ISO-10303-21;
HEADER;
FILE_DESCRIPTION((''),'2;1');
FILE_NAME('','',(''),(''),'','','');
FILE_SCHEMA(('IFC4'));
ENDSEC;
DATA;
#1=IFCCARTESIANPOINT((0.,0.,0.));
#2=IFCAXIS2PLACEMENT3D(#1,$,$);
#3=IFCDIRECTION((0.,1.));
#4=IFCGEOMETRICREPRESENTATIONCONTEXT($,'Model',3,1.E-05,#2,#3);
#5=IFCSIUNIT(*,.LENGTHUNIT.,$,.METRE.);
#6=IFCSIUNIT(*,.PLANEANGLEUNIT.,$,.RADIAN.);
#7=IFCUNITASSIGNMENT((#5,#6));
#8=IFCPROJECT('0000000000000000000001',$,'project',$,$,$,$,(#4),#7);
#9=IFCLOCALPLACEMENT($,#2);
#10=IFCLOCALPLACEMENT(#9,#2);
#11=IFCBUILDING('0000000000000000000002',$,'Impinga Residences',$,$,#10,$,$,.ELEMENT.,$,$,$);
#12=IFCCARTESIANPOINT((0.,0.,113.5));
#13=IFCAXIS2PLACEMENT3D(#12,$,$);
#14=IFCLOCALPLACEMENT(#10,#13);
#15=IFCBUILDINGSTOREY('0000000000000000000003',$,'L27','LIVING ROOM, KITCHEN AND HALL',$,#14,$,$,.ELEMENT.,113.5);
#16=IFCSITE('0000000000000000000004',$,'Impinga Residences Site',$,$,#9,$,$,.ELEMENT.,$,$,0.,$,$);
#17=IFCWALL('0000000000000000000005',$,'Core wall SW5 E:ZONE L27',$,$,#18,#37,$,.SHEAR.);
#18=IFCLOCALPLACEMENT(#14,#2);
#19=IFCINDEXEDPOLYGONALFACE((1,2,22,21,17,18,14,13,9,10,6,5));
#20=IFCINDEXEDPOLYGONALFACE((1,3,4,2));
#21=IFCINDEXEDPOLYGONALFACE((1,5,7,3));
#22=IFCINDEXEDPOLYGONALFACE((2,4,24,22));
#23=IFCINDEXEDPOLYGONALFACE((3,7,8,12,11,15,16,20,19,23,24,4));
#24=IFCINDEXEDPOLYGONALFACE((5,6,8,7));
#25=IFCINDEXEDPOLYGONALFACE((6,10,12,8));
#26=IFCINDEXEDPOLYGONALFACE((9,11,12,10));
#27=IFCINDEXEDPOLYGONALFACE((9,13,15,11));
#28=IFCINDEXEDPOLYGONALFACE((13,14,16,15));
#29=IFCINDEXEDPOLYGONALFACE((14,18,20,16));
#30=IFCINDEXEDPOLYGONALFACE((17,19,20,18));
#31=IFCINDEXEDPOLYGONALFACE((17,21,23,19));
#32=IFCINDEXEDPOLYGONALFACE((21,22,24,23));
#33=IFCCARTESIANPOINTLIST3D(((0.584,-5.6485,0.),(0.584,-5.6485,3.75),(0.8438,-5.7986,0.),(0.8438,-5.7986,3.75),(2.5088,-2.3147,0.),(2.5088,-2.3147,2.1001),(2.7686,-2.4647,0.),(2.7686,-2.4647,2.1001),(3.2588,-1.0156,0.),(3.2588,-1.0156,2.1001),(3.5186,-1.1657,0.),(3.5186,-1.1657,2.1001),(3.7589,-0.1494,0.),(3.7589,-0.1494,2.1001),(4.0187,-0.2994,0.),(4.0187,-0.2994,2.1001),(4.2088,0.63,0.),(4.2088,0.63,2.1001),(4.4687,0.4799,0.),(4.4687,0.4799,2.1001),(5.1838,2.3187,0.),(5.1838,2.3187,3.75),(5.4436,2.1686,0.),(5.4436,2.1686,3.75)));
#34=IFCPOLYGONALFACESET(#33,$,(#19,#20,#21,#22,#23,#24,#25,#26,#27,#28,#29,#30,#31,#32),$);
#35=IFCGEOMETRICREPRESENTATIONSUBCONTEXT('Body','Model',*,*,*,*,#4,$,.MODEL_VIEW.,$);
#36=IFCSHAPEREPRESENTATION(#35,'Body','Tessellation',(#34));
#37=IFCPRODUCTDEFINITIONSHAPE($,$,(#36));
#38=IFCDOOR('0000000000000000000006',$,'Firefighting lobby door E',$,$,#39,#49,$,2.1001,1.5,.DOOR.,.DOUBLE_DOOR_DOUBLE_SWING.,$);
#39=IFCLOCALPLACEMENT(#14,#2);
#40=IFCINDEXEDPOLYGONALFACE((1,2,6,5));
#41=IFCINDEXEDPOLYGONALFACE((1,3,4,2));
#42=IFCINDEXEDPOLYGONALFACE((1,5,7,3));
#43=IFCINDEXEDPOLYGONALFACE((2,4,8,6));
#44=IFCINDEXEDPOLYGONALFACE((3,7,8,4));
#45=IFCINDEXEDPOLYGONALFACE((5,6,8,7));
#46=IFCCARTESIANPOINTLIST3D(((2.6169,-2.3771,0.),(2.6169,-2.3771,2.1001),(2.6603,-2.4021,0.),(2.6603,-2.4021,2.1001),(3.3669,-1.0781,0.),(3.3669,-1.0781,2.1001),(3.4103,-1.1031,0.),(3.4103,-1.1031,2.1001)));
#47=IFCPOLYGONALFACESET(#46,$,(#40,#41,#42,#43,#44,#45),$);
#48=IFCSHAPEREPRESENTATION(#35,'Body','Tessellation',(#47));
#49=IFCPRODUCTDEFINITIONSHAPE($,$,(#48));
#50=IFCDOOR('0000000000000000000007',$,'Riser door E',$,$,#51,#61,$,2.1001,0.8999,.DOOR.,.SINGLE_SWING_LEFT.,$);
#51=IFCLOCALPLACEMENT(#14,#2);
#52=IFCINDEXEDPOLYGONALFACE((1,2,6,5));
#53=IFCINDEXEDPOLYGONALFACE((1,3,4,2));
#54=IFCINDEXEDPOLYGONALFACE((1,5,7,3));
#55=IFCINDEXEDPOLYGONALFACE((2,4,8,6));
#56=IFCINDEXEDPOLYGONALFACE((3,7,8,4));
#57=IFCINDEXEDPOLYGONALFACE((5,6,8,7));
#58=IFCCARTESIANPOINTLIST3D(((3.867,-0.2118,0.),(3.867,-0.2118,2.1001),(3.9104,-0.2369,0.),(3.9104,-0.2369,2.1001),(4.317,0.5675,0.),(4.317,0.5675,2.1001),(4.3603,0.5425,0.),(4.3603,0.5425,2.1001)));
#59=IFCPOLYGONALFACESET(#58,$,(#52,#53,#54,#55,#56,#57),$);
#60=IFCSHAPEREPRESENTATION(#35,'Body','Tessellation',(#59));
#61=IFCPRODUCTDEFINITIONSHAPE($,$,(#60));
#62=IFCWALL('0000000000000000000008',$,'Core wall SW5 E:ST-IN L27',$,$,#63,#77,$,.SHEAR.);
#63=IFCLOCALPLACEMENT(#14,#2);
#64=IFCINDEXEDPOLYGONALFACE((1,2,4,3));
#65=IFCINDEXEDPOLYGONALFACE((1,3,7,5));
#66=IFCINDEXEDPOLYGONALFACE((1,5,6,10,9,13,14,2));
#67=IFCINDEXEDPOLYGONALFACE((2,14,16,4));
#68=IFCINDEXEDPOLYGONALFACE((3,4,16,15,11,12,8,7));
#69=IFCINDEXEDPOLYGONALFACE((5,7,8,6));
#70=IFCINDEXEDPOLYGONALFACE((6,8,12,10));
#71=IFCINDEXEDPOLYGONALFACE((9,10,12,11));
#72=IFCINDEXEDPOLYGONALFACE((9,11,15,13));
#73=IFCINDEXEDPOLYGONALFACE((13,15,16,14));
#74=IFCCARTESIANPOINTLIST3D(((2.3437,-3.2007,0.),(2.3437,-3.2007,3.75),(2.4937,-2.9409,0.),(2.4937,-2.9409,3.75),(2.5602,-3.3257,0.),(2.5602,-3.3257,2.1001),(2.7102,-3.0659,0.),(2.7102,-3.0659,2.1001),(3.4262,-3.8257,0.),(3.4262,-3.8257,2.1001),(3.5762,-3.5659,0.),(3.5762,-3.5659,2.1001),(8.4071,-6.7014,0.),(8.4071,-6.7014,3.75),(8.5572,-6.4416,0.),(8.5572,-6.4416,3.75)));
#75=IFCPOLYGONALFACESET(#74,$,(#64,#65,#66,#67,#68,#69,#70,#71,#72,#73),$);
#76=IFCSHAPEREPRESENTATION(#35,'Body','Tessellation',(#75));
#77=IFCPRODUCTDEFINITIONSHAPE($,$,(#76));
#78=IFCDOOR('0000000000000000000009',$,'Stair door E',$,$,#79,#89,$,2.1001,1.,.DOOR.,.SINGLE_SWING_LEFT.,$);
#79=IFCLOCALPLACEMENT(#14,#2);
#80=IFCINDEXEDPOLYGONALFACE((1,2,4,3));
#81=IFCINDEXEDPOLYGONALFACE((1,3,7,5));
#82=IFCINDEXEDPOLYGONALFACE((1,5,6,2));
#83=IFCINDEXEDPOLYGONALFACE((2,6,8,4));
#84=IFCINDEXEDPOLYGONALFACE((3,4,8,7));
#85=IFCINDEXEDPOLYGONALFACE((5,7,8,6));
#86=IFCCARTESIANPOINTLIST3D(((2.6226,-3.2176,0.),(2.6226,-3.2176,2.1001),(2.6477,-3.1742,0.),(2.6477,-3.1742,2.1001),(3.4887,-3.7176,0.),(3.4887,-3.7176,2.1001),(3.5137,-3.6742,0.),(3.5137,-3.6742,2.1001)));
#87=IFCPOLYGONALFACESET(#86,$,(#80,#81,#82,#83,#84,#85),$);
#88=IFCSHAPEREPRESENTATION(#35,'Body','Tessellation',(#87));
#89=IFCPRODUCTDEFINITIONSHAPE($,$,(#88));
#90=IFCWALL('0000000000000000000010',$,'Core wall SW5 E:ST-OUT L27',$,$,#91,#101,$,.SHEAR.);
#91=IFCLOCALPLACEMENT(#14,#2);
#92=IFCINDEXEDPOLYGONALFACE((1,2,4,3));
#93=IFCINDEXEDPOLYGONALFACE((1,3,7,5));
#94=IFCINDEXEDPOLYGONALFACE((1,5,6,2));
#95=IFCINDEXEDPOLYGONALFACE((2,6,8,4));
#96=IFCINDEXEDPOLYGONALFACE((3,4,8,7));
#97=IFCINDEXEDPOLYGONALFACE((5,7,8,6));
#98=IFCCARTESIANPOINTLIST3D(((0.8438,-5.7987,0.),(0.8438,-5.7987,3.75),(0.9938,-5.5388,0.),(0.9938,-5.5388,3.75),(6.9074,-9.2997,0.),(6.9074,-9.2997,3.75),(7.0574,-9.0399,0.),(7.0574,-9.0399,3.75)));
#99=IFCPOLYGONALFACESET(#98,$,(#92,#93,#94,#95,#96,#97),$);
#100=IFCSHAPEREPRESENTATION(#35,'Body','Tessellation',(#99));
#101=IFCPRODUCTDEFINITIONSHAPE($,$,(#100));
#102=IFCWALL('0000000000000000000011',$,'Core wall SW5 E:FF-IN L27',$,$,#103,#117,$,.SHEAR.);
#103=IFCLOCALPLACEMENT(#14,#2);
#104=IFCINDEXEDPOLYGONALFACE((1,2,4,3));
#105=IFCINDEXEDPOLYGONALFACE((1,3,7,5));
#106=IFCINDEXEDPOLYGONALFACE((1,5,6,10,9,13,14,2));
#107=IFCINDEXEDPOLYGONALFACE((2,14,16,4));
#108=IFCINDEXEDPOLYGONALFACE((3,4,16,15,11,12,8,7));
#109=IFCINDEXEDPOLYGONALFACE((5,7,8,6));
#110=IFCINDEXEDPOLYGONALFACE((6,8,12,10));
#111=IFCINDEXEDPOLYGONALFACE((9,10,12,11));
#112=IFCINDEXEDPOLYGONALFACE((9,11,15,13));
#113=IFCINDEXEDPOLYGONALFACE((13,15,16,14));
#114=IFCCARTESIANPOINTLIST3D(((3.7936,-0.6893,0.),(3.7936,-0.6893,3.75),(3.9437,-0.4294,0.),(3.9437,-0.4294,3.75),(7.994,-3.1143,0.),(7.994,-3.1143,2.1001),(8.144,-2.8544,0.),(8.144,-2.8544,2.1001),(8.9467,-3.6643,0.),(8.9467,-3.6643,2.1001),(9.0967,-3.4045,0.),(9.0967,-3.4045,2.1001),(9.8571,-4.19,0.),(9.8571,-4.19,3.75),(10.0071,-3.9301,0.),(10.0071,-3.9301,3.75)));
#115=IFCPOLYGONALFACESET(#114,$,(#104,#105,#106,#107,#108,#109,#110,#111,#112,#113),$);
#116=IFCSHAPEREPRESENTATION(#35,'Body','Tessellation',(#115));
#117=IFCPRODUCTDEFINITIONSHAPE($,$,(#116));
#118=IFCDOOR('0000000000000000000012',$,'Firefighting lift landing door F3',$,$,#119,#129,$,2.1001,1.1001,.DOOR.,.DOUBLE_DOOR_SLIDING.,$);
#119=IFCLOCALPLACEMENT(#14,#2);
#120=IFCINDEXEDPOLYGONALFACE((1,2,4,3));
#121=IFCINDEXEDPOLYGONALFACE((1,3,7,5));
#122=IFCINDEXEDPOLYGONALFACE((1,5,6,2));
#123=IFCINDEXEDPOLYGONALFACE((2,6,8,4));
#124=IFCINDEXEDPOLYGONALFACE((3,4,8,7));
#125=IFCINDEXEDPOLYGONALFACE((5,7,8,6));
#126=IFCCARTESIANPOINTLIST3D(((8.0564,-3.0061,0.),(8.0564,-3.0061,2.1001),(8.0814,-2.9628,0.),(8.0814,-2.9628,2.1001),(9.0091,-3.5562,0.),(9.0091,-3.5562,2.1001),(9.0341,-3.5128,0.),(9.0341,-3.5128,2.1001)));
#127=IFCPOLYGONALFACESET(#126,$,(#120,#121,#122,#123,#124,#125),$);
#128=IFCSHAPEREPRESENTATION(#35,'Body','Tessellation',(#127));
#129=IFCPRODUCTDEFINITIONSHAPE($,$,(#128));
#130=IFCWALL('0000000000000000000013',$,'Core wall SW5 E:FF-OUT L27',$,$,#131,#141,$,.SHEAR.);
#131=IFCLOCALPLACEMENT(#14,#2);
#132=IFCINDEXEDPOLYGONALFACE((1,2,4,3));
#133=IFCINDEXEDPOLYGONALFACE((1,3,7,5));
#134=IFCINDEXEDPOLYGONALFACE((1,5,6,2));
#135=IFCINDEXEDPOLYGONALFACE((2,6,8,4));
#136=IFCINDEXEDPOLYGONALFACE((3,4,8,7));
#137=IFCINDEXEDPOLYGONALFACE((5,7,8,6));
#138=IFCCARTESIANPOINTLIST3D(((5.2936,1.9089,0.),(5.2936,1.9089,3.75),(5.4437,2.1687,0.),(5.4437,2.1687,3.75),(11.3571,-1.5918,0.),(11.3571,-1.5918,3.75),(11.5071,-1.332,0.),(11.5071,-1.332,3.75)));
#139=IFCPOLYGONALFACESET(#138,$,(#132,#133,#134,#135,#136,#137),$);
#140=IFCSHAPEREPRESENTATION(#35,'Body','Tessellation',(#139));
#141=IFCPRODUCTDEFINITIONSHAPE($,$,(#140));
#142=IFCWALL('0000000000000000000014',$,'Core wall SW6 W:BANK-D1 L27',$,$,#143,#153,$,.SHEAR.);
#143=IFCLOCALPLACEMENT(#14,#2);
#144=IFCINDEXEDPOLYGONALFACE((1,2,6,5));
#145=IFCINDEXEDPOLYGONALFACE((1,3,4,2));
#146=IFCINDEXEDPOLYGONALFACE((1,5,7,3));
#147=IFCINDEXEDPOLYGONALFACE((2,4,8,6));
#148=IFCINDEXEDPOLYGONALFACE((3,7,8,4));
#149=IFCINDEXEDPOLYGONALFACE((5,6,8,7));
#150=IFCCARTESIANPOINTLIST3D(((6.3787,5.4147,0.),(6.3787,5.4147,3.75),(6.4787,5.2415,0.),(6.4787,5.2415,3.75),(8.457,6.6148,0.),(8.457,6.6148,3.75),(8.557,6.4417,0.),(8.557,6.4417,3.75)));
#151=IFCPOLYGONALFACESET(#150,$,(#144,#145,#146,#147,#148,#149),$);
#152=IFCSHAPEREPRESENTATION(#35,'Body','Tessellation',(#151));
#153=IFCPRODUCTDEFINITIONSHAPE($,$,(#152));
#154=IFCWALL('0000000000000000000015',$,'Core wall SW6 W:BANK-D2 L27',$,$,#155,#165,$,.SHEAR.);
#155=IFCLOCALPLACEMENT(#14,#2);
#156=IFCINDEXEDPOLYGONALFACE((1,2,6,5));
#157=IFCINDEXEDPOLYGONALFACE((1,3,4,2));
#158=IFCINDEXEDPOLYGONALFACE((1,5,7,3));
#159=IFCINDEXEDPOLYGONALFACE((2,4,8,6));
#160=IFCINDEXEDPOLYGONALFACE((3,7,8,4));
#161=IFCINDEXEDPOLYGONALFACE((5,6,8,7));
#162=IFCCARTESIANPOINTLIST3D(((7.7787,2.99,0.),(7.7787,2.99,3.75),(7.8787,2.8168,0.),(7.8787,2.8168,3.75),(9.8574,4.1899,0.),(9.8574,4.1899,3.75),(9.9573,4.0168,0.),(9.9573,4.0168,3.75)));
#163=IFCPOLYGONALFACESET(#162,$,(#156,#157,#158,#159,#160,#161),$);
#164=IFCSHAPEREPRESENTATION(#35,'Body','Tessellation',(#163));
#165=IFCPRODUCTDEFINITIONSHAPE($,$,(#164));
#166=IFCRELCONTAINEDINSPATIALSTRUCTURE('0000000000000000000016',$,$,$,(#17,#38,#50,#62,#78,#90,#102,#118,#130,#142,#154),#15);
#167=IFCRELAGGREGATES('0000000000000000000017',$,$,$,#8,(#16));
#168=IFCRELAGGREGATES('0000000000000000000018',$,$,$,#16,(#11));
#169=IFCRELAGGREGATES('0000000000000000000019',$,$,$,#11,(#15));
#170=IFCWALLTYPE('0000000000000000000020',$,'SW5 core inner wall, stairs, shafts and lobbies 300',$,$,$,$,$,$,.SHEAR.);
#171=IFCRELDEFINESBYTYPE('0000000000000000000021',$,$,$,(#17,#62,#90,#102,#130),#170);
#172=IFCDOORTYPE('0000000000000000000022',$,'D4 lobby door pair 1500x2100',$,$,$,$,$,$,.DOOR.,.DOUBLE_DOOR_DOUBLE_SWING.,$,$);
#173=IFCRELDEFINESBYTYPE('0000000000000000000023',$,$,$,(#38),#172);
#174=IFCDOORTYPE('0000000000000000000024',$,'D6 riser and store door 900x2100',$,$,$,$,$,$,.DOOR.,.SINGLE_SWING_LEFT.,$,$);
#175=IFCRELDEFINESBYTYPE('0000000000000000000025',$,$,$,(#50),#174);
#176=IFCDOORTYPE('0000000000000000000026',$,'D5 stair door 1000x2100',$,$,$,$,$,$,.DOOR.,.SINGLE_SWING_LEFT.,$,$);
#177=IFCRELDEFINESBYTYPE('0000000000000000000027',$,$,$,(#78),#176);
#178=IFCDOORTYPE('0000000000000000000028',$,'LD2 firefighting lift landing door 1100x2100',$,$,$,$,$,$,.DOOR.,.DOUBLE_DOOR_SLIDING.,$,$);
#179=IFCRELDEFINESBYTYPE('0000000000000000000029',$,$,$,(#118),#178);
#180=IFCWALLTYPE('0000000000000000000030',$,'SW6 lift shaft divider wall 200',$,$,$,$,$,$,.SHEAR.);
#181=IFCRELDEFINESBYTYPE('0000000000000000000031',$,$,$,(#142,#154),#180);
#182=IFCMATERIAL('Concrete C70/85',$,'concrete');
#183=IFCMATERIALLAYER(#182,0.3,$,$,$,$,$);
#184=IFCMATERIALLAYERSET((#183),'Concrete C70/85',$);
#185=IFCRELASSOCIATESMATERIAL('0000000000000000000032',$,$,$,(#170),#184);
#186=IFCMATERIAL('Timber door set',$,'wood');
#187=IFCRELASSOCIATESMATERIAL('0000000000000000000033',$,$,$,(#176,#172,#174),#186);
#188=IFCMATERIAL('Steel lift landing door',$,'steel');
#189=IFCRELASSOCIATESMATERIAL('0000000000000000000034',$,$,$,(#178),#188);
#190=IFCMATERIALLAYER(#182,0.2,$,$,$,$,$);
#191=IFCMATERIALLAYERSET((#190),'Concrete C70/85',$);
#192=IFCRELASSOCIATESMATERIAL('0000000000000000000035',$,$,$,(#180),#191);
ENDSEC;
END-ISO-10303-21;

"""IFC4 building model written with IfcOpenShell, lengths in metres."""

from ifc_helpers import new_model, si_unit, direction, frame, frame_2d, origin, place, context, subcontext, project, spatial, rectangle, extrude, material, layer, layer_set, type_object, element, fill, save


model = new_model("IFC4")

# Units and contexts
model_context = context("Model", 3, precision=1e-05, world=origin(), true_north=direction((0.0, 1.0)))
body_context = subcontext(model_context, "Body", "Model", "MODEL_VIEW")
ifc_project = project(units=[si_unit("LENGTHUNIT", "METRE"), si_unit("PLANEANGLEUNIT", "RADIAN")], contexts=[model_context])

# Site, building, storey
site_placement = place(None, origin())
site = spatial("IfcSite", under=ifc_project, at=site_placement, Name="Impinga Residences Site", CompositionType="ELEMENT", RefElevation=0.0)
building_placement = place(site_placement, origin())
building = spatial("IfcBuilding", under=site, at=building_placement, Name="Impinga Residences", CompositionType="ELEMENT")
storey_placement = place(building_placement, frame((0.0, 0.0, 113.5)))
storey = spatial("IfcBuildingStorey", under=building, at=storey_placement, Name="L27", Description="LIVING ROOM, KITCHEN AND HALL", CompositionType="ELEMENT", Elevation=113.5)

# Shared definitions
ifc_material_1 = material(Name="Concrete C70/85", Category="concrete")
ifc_layer_1 = layer(ifc_material_1, 0.3)
ifc_layer_set_1 = layer_set([ifc_layer_1], Name="Concrete C70/85")
wall_type_1 = type_object("IfcWallType", Name="SW5 core inner wall, stairs, shafts and lobbies 300", PredefinedType="SHEAR", material=ifc_layer_set_1)
ifc_material_2 = material(Name="Timber door set", Category="wood")
door_type_1 = type_object("IfcDoorType", Name="D5 stair door 1000x2100", OperationType="SINGLE_SWING_LEFT", PredefinedType="DOOR", material=ifc_material_2)

# Wall, openings, doors
wall_1_placement = place(storey_placement, frame((5.3137, 2.2437, 0.0), z_axis=(0.0, 0.0, 1.0), x_axis=(-0.499995, -0.866028, 0.0)))
wall_1 = element("IfcWall", 1, at=wall_1_placement, inside=storey, type_object=wall_type_1, Name="Core wall SW5 E:ZONE L27", PredefinedType="SHEAR", context=body_context, shape_type="SweptSolid", body=[
    extrude(rectangle(XDim=9.1997, YDim=0.3, at=frame_2d((4.5999, 0.0))), origin(), (0.0, 0.0, 1.0), 3.75),
])
opening_1_placement = place(wall_1_placement, frame((3.8501, 0.0, 0.0)))
opening_1 = element("IfcOpeningElement", 2, at=opening_1_placement, cuts=wall_1, PredefinedType="OPENING", context=body_context, shape_type="SweptSolid", body=[
    extrude(rectangle(XDim=1.5, YDim=2.1001, at=frame_2d((0.75, 1.05))), frame((0.0, 0.1599, 0.0), z_axis=(0.0, -1.0, 0.0), x_axis=(1.0, 0.0, 0.0)), (0.0, 0.0, 1.0), 0.3201),
])
opening_2_placement = place(wall_1_placement, frame((1.95, 0.0, 0.0)))
opening_2 = element("IfcOpeningElement", 3, at=opening_2_placement, cuts=wall_1, PredefinedType="OPENING", context=body_context, shape_type="SweptSolid", body=[
    extrude(rectangle(XDim=0.8999, YDim=2.1001, at=frame_2d((0.45, 1.05))), frame((0.0, 0.1599, 0.0), z_axis=(0.0, -1.0, 0.0), x_axis=(1.0, 0.0, 0.0)), (0.0, 0.0, 1.0), 0.3201),
])
door_type_2 = type_object("IfcDoorType", Name="D4 lobby door pair 1500x2100", OperationType="DOUBLE_DOOR_DOUBLE_SWING", PredefinedType="DOOR", material=ifc_material_2)
door_1_placement = place(opening_1_placement, origin())
door_1 = element("IfcDoor", 4, at=door_1_placement, inside=storey, type_object=door_type_2, Name="Firefighting lobby door E", OperationType="DOUBLE_DOOR_DOUBLE_SWING", OverallHeight=2.1001, OverallWidth=1.5, PredefinedType="DOOR", context=body_context, shape_type="SweptSolid", body=[
    extrude(rectangle(XDim=1.5, YDim=2.1001, at=frame_2d((0.75, 1.05))), frame((0.0, 0.0249, 0.0), z_axis=(0.0, -1.0, 0.0), x_axis=(1.0, 0.0, 0.0)), (0.0, 0.0, 1.0), 0.05),
])
fill(opening_1, door_1)
door_type_3 = type_object("IfcDoorType", Name="D6 riser and store door 900x2100", OperationType="SINGLE_SWING_LEFT", PredefinedType="DOOR", material=ifc_material_2)
door_2_placement = place(opening_2_placement, origin())
door_2 = element("IfcDoor", 5, at=door_2_placement, inside=storey, type_object=door_type_3, Name="Riser door E", OperationType="SINGLE_SWING_LEFT", OverallHeight=2.1001, OverallWidth=0.8999, PredefinedType="DOOR", context=body_context, shape_type="SweptSolid", body=[
    extrude(rectangle(XDim=0.8999, YDim=2.1001, at=frame_2d((0.45, 1.05))), frame((0.0, 0.0249, 0.0), z_axis=(0.0, -1.0, 0.0), x_axis=(1.0, 0.0, 0.0)), (0.0, 0.0, 1.0), 0.05),
])
fill(opening_2, door_2)

# Wall, opening, door
wall_2_placement = place(storey_placement, frame((2.4187, -3.0708, 0.0), z_axis=(0.0, 0.0, 1.0), x_axis=(0.866026, -0.499998, 0.0)))
wall_2 = element("IfcWall", 6, at=wall_2_placement, inside=storey, type_object=wall_type_1, Name="Core wall SW5 E:ST-IN L27", PredefinedType="SHEAR", context=body_context, shape_type="SweptSolid", body=[
    extrude(rectangle(XDim=7.0015, YDim=0.3, at=frame_2d((3.5007, 0.0))), origin(), (0.0, 0.0, 1.0), 3.75),
])
opening_3_placement = place(wall_2_placement, frame((0.25, 0.0, 0.0)))
opening_3 = element("IfcOpeningElement", 7, at=opening_3_placement, cuts=wall_2, PredefinedType="OPENING", context=body_context, shape_type="SweptSolid", body=[
    extrude(rectangle(XDim=1.0, YDim=2.1001, at=frame_2d((0.5, 1.05))), frame((0.0, 0.1599, 0.0), z_axis=(0.0, -1.0, 0.0), x_axis=(1.0, 0.0, 0.0)), (0.0, 0.0, 1.0), 0.3201),
])
door_3_placement = place(opening_3_placement, origin())
door_3 = element("IfcDoor", 8, at=door_3_placement, inside=storey, type_object=door_type_1, Name="Stair door E", OperationType="SINGLE_SWING_LEFT", OverallHeight=2.1001, OverallWidth=1.0, PredefinedType="DOOR", context=body_context, shape_type="SweptSolid", body=[
    extrude(rectangle(XDim=1.0, YDim=2.1001, at=frame_2d((0.5, 1.05))), frame((0.0, 0.0249, 0.0), z_axis=(0.0, -1.0, 0.0), x_axis=(1.0, 0.0, 0.0)), (0.0, 0.0, 1.0), 0.05),
])
fill(opening_3, door_3)

# Wall
wall_3_placement = place(storey_placement, frame((0.9187, -5.6687, 0.0), z_axis=(0.0, 0.0, 1.0), x_axis=(0.866011, -0.500024, 0.0)))
element("IfcWall", 9, at=wall_3_placement, inside=storey, type_object=wall_type_1, Name="Core wall SW5 E:ST-OUT L27", PredefinedType="SHEAR", context=body_context, shape_type="SweptSolid", body=[
    extrude(rectangle(XDim=7.0017, YDim=0.3, at=frame_2d((3.501, 0.0))), origin(), (0.0, 0.0, 1.0), 3.75),
])

# Wall, opening, door
wall_4_placement = place(storey_placement, frame((3.8687, -0.5593, 0.0), z_axis=(0.0, 0.0, 1.0), x_axis=(0.866026, -0.499998, 0.0)))
wall_4 = element("IfcWall", 10, at=wall_4_placement, inside=storey, type_object=wall_type_1, Name="Core wall SW5 E:FF-IN L27", PredefinedType="SHEAR", context=body_context, shape_type="SweptSolid", body=[
    extrude(rectangle(XDim=7.0015, YDim=0.3, at=frame_2d((3.5007, 0.0))), origin(), (0.0, 0.0, 1.0), 3.75),
])
opening_4_placement = place(wall_4_placement, frame((4.8501, 0.0, 0.0)))
opening_4 = element("IfcOpeningElement", 11, at=opening_4_placement, cuts=wall_4, PredefinedType="OPENING", context=body_context, shape_type="SweptSolid", body=[
    extrude(rectangle(XDim=1.1001, YDim=2.1001, at=frame_2d((0.55, 1.05))), frame((0.0, 0.1599, 0.0), z_axis=(0.0, -1.0, 0.0), x_axis=(1.0, 0.0, 0.0)), (0.0, 0.0, 1.0), 0.3201),
])
ifc_material_3 = material(Name="Steel lift landing door", Category="steel")
door_type_4 = type_object("IfcDoorType", Name="LD2 firefighting lift landing door 1100x2100", OperationType="DOUBLE_DOOR_SLIDING", PredefinedType="DOOR", material=ifc_material_3)
door_4_placement = place(opening_4_placement, origin())
door_4 = element("IfcDoor", 12, at=door_4_placement, inside=storey, type_object=door_type_4, Name="Firefighting lift landing door F3", OperationType="DOUBLE_DOOR_SLIDING", OverallHeight=2.1001, OverallWidth=1.1001, PredefinedType="DOOR", context=body_context, shape_type="SweptSolid", body=[
    extrude(rectangle(XDim=1.1001, YDim=2.1001, at=frame_2d((0.55, 1.05))), frame((0.0, 0.0249, 0.0), z_axis=(0.0, -1.0, 0.0), x_axis=(1.0, 0.0, 0.0)), (0.0, 0.0, 1.0), 0.05),
])
fill(opening_4, door_4)

# Walls
wall_5_placement = place(storey_placement, frame((5.3687, 2.0388, 0.0), z_axis=(0.0, 0.0, 1.0), x_axis=(0.866026, -0.499998, 0.0)))
element("IfcWall", 13, at=wall_5_placement, inside=storey, type_object=wall_type_1, Name="Core wall SW5 E:FF-OUT L27", PredefinedType="SHEAR", context=body_context, shape_type="SweptSolid", body=[
    extrude(rectangle(XDim=7.0015, YDim=0.3, at=frame_2d((3.5007, 0.0))), origin(), (0.0, 0.0, 1.0), 3.75),
])
ifc_layer_2 = layer(ifc_material_1, 0.2)
ifc_layer_set_2 = layer_set([ifc_layer_2], Name="Concrete C70/85")
wall_type_2 = type_object("IfcWallType", Name="SW6 lift shaft divider wall 200", PredefinedType="SHEAR", material=ifc_layer_set_2)
wall_6_placement = place(storey_placement, frame((6.4287, 5.3281, 0.0), z_axis=(0.0, 0.0, 1.0), x_axis=(0.865981, 0.500078, 0.0)))
element("IfcWall", 14, at=wall_6_placement, inside=storey, type_object=wall_type_2, Name="Core wall SW6 W:BANK-D1 L27", PredefinedType="SHEAR", context=body_context, shape_type="SweptSolid", body=[
    extrude(rectangle(XDim=2.3999, YDim=0.2, at=frame_2d((1.2, 0.0))), origin(), (0.0, 0.0, 1.0), 3.75),
])
wall_7_placement = place(storey_placement, frame((7.8286, 2.9033, 0.0), z_axis=(0.0, 0.0, 1.0), x_axis=(0.86605, 0.499957, 0.0)))
element("IfcWall", 15, at=wall_7_placement, inside=storey, type_object=wall_type_2, Name="Core wall SW6 W:BANK-D2 L27", PredefinedType="SHEAR", context=body_context, shape_type="SweptSolid", body=[
    extrude(rectangle(XDim=2.4001, YDim=0.2, at=frame_2d((1.2002, 0.0))), origin(), (0.0, 0.0, 1.0), 3.75),
])

save(model, "model.ifc")
